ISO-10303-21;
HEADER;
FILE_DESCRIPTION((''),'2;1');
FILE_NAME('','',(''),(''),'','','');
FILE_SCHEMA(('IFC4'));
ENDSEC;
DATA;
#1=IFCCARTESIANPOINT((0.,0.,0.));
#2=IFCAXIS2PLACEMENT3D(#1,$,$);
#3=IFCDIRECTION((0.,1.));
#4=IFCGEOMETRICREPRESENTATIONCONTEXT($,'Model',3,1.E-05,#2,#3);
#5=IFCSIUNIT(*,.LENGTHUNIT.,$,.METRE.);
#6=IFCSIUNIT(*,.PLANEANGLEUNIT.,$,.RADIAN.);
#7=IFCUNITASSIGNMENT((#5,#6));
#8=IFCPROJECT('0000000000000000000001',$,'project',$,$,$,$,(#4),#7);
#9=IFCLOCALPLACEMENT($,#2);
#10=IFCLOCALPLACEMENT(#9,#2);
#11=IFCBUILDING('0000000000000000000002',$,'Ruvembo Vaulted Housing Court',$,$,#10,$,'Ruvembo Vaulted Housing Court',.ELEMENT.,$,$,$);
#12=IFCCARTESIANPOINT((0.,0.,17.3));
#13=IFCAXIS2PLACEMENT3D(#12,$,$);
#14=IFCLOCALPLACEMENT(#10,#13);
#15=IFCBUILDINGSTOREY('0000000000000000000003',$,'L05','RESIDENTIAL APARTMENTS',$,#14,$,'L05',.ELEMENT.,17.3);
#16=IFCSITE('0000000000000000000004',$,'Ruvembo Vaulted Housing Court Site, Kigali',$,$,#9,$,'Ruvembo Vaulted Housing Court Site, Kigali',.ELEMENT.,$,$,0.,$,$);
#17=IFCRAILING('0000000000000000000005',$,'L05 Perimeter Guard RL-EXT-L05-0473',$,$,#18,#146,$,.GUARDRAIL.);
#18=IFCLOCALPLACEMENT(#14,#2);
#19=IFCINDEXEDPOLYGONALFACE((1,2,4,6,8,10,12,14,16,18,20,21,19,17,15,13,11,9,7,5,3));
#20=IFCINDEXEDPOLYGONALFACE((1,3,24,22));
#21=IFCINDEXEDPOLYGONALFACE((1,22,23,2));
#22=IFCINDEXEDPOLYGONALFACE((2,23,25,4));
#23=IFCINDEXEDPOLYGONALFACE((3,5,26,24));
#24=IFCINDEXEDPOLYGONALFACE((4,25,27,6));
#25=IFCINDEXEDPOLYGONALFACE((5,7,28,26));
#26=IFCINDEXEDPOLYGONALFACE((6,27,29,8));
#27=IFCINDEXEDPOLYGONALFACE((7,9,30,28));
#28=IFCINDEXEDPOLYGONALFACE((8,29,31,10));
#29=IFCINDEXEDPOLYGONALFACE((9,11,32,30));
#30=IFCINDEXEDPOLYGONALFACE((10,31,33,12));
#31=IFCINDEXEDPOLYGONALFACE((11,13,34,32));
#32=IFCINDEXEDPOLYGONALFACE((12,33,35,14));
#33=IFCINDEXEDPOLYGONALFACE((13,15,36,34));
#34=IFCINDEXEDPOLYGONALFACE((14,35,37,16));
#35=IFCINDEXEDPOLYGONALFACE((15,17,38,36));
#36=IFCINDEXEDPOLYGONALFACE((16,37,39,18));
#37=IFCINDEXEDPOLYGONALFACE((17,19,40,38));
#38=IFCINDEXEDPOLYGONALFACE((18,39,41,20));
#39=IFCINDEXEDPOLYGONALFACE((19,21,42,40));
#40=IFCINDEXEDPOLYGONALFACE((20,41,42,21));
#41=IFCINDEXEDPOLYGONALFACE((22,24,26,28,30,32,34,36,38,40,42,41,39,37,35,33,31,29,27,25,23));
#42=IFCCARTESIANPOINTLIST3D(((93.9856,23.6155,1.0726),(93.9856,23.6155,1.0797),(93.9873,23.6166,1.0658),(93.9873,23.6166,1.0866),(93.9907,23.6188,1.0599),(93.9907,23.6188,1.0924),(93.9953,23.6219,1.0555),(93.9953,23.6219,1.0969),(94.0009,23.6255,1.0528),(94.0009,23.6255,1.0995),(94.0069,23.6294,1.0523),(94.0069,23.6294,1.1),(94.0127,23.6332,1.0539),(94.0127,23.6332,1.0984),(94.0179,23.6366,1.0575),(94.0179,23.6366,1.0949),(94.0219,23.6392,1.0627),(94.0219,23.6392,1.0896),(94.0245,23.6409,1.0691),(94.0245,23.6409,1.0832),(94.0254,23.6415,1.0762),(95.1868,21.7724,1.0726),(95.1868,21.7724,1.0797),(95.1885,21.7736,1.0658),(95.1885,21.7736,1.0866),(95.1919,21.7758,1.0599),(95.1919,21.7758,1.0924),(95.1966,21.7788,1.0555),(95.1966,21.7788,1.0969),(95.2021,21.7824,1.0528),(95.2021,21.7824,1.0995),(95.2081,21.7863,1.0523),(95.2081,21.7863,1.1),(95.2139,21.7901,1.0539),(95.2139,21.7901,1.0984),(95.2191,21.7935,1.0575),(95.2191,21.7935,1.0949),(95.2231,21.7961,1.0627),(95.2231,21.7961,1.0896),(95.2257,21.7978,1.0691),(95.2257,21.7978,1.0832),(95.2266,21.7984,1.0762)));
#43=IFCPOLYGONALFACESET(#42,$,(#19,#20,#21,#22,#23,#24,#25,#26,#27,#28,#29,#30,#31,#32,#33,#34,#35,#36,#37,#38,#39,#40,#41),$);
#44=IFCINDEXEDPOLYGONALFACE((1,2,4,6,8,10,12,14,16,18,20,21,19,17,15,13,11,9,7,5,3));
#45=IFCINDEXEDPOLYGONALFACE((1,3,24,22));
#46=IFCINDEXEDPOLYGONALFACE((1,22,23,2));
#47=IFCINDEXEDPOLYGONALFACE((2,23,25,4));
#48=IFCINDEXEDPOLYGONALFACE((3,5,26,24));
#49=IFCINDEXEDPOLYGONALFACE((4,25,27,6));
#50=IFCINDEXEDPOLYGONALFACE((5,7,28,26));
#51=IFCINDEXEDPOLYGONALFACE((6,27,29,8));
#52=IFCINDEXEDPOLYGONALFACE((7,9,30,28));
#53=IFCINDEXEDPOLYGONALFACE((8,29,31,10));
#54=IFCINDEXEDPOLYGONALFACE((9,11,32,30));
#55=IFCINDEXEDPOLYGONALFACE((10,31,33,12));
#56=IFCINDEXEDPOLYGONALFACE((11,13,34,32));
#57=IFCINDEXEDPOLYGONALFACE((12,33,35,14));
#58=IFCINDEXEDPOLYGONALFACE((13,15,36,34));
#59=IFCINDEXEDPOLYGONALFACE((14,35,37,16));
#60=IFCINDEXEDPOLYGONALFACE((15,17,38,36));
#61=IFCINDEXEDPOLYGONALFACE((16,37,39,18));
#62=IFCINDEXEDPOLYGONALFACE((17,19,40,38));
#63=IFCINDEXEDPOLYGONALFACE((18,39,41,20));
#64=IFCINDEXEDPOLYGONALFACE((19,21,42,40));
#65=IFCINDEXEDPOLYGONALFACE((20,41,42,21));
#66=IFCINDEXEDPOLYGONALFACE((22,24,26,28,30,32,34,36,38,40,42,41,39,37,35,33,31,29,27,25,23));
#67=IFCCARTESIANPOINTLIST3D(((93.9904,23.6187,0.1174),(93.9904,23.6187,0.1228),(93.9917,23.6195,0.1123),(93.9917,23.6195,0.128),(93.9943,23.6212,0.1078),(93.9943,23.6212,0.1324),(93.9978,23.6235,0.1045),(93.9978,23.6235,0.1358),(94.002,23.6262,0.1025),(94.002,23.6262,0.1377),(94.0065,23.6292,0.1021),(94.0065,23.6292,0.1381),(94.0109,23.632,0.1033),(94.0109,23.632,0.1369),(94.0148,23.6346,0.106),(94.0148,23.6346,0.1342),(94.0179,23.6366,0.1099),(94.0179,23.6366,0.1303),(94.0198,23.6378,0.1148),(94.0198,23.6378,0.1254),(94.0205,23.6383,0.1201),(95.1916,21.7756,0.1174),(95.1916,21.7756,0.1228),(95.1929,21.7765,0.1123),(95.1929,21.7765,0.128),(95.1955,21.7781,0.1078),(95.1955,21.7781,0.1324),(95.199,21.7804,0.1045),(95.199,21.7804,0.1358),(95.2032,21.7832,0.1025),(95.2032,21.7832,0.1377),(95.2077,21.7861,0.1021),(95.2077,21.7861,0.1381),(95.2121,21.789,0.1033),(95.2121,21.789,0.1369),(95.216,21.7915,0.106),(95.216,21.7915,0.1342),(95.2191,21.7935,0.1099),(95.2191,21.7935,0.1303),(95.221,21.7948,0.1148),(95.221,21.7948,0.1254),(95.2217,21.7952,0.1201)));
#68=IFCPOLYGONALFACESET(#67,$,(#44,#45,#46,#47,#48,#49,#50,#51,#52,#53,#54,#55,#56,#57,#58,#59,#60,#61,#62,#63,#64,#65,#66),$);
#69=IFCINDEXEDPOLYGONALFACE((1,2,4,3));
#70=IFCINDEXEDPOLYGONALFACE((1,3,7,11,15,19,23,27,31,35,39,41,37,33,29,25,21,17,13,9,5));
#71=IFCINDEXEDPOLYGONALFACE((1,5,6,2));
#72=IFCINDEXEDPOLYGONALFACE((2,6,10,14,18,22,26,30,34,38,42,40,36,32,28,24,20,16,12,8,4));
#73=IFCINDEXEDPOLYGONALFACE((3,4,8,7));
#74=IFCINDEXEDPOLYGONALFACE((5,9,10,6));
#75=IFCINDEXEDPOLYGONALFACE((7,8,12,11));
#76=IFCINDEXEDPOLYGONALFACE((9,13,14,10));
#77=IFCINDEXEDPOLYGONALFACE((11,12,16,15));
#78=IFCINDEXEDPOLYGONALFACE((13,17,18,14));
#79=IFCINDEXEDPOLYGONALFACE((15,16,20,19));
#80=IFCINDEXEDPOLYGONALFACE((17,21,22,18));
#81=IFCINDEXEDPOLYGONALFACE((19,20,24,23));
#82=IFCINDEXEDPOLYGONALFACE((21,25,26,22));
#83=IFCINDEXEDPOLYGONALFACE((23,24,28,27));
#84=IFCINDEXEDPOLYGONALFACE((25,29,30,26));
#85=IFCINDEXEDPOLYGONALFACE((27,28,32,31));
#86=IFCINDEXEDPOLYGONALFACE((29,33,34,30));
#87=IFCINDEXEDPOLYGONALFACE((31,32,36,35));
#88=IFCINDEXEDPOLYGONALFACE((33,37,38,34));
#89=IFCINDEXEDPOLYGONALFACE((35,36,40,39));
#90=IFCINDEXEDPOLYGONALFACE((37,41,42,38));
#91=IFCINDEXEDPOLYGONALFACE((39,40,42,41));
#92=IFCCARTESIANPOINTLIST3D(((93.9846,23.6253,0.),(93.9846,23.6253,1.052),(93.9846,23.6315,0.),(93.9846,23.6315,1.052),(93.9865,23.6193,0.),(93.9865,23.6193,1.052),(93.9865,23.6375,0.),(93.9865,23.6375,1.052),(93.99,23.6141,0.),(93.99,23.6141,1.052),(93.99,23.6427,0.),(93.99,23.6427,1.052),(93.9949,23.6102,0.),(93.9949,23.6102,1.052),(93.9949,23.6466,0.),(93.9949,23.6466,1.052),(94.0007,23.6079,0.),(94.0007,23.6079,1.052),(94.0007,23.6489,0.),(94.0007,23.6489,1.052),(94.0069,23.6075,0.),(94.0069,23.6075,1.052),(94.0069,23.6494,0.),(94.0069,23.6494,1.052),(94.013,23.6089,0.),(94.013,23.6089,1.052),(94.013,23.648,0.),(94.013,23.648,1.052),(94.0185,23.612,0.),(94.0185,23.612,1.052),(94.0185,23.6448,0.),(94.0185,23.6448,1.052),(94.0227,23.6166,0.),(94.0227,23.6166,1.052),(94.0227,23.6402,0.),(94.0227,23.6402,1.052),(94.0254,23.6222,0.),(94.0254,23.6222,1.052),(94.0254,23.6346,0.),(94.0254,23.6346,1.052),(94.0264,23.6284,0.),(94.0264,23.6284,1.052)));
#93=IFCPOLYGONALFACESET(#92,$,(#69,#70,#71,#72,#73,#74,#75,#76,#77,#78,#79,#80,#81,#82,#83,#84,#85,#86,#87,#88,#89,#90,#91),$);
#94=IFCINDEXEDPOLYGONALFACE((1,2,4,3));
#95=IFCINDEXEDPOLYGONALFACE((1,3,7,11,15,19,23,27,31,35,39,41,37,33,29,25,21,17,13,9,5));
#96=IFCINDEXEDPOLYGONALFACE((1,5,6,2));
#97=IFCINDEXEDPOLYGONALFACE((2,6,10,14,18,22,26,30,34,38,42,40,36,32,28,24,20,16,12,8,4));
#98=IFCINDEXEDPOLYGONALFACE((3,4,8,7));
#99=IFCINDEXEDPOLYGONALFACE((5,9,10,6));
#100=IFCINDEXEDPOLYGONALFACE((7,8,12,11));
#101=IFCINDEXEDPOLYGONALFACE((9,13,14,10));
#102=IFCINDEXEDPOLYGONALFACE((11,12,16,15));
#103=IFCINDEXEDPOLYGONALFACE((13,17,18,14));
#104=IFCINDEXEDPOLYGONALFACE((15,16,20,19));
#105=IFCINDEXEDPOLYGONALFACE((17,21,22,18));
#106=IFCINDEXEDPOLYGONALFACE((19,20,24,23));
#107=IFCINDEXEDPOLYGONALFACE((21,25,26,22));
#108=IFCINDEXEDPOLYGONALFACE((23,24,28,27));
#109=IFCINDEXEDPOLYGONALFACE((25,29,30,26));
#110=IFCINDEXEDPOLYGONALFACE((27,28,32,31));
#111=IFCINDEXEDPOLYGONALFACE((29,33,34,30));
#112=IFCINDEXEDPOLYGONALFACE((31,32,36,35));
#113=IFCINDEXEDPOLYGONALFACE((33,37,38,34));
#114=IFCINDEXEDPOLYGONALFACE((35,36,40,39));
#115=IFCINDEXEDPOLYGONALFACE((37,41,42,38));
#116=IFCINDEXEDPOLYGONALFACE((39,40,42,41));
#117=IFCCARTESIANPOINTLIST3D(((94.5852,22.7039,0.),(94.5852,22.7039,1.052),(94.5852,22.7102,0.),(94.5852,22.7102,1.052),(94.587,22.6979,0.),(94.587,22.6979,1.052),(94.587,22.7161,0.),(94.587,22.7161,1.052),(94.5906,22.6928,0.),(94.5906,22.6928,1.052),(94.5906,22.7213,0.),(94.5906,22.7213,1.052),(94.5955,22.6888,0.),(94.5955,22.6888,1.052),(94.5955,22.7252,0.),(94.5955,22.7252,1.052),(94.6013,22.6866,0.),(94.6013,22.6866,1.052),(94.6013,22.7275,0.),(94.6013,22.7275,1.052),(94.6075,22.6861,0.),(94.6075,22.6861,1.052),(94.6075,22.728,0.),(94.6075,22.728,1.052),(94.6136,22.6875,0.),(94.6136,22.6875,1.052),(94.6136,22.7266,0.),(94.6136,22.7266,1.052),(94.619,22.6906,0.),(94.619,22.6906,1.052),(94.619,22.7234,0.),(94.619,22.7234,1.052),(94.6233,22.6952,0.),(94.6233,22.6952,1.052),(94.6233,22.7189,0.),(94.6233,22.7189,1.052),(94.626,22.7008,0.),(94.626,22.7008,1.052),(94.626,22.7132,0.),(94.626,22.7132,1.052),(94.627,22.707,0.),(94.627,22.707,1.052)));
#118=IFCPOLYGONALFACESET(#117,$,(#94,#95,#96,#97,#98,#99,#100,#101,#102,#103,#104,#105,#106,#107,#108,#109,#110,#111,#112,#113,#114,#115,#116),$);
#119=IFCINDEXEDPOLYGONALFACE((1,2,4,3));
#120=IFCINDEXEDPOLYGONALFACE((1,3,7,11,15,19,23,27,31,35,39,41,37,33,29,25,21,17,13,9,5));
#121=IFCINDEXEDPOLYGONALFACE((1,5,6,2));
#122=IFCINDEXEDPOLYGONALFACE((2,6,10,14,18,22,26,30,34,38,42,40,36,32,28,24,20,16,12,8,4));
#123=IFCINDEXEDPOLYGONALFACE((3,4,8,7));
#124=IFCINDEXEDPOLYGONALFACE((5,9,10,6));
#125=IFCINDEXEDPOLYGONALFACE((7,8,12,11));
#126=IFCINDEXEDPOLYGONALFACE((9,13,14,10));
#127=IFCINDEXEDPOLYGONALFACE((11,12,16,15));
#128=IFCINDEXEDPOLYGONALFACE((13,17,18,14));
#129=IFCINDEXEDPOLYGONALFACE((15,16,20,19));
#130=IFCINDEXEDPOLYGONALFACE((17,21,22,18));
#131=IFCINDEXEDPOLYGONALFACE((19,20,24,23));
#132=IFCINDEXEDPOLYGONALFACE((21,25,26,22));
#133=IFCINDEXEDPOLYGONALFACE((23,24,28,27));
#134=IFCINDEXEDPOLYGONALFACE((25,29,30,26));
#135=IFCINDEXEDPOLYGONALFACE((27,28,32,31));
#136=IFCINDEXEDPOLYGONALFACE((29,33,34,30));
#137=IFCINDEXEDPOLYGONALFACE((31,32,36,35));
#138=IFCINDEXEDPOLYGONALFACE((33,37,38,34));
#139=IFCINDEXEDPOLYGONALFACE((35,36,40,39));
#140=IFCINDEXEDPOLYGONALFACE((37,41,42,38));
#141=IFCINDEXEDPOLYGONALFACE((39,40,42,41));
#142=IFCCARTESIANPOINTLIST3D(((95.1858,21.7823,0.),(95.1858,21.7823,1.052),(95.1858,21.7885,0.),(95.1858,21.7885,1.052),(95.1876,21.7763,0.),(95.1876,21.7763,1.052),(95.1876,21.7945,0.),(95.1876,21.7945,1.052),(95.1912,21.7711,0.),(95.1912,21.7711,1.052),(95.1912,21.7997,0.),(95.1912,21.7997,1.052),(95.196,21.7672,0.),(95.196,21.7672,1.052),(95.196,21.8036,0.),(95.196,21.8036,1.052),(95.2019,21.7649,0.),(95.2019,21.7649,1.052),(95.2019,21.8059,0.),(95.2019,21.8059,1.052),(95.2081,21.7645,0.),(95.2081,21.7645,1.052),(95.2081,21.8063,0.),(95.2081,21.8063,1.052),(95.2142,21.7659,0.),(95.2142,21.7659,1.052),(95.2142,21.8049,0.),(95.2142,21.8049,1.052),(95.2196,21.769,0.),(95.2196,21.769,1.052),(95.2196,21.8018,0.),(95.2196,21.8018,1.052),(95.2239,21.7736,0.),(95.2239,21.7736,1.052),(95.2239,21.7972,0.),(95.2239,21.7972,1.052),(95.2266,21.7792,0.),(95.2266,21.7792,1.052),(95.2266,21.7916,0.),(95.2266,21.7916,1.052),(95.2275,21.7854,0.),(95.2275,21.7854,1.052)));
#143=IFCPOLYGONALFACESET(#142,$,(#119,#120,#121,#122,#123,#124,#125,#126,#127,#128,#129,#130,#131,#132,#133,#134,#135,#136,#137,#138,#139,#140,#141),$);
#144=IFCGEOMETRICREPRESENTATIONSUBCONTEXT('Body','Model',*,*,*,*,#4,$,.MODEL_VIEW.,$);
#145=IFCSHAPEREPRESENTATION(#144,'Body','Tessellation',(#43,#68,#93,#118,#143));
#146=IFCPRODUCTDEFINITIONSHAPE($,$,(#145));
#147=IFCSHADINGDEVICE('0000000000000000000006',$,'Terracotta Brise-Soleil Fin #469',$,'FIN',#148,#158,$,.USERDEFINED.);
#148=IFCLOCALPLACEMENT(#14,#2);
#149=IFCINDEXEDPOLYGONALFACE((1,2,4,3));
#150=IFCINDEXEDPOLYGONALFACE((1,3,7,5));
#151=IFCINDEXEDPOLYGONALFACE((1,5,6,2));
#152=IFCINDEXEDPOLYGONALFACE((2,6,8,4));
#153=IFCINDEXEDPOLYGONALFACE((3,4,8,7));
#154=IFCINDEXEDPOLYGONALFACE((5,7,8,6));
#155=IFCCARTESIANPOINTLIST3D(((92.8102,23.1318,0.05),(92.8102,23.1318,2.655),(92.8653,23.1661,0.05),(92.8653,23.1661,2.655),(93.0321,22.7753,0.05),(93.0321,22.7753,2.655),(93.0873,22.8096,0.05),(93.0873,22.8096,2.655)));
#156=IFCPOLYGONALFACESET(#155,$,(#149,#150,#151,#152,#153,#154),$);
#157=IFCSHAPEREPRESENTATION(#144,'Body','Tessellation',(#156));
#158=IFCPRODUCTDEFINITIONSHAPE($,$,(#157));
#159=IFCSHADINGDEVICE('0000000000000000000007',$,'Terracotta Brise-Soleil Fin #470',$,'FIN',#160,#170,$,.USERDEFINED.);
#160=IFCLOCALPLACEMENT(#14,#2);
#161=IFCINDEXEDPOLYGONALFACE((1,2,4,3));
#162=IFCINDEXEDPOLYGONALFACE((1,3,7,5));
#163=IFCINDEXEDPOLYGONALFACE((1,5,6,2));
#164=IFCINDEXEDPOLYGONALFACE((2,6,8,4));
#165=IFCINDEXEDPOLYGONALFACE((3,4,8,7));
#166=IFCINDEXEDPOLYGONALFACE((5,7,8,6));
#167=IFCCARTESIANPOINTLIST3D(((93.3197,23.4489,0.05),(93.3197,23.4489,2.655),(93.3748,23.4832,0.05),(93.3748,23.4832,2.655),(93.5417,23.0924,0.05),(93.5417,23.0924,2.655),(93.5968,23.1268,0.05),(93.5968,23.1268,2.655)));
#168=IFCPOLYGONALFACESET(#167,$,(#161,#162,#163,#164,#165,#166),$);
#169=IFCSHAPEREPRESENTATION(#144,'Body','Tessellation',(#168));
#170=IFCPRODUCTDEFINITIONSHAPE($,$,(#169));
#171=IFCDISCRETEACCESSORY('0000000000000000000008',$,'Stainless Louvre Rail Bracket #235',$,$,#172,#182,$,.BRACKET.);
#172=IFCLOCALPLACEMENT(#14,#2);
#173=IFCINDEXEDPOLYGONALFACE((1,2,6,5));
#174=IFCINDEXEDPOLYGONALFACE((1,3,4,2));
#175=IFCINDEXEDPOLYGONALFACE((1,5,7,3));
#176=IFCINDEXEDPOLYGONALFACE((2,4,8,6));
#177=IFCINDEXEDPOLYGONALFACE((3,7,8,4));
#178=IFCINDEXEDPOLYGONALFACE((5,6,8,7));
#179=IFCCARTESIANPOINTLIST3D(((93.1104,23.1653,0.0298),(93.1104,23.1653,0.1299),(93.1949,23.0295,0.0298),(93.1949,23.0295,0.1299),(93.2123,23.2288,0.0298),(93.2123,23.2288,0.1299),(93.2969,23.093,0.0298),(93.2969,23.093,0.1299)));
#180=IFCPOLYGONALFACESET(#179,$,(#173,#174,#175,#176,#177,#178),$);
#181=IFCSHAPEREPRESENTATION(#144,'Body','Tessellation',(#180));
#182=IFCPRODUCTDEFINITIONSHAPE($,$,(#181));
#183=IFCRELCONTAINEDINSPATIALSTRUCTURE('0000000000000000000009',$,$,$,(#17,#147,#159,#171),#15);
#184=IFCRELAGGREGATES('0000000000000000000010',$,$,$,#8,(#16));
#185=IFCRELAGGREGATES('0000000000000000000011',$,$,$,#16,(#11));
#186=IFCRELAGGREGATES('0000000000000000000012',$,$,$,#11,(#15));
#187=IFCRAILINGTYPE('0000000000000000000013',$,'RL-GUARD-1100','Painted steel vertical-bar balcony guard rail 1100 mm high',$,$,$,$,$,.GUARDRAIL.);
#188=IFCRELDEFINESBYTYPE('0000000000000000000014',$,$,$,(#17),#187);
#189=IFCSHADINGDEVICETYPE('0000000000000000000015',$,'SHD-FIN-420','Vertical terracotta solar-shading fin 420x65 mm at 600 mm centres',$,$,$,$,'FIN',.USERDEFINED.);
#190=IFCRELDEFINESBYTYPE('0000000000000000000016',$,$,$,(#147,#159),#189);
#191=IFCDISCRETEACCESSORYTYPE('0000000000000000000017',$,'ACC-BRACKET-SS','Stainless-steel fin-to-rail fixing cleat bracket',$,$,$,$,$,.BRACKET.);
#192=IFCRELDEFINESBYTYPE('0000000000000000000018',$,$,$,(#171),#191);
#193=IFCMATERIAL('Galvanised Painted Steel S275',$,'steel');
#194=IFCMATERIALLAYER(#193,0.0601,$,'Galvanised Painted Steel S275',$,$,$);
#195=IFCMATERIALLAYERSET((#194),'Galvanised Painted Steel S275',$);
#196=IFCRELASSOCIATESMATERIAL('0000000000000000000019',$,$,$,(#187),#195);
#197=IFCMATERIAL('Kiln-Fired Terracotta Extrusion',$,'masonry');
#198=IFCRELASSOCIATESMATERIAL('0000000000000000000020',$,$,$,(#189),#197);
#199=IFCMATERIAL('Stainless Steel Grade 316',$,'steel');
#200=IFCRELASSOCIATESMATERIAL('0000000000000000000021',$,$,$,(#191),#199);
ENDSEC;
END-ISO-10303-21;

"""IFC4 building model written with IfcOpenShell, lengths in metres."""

from ifc_helpers import new_model, si_unit, direction, frame, origin, origin_2d, place, context, subcontext, project, spatial, rectangle, circle, extrude, material, layer, layer_set, type_object, element, save


model = new_model("IFC4")

# Units and contexts
model_context = context("Model", 3, precision=1e-05, world=origin(), true_north=direction((0.0, 1.0)))
body_context = subcontext(model_context, "Body", "Model", "MODEL_VIEW")
ifc_project = project(units=[si_unit("LENGTHUNIT", "METRE"), si_unit("PLANEANGLEUNIT", "RADIAN")], contexts=[model_context])

# Site, building, storey
site_placement = place(None, origin())
site = spatial("IfcSite", under=ifc_project, at=site_placement, Name="Ruvembo Vaulted Housing Court Site, Kigali", LongName="Ruvembo Vaulted Housing Court Site, Kigali", CompositionType="ELEMENT", RefElevation=0.0)
building_placement = place(site_placement, origin())
building = spatial("IfcBuilding", under=site, at=building_placement, Name="Ruvembo Vaulted Housing Court", LongName="Ruvembo Vaulted Housing Court", CompositionType="ELEMENT")
storey_placement = place(building_placement, frame((0.0, 0.0, 17.3)))
storey = spatial("IfcBuildingStorey", under=building, at=storey_placement, Name="L05", Description="RESIDENTIAL APARTMENTS", LongName="L05", CompositionType="ELEMENT", Elevation=17.3)

# Railing
ifc_material_1 = material(Name="Galvanised Painted Steel S275", Category="steel")
ifc_layer_1 = layer(ifc_material_1, 0.0601, Name="Galvanised Painted Steel S275")
ifc_layer_set_1 = layer_set([ifc_layer_1], Name="Galvanised Painted Steel S275")
railing_type = type_object("IfcRailingType", Name="RL-GUARD-1100", Description="Painted steel vertical-bar balcony guard rail 1100 mm high", PredefinedType="GUARDRAIL", material=ifc_layer_set_1)
railing_1_placement = place(storey_placement, frame((94.0054, 23.6284, 0.0)))
element("IfcRailing", 1, at=railing_1_placement, inside=storey, type_object=railing_type, Name="L05 Perimeter Guard RL-EXT-L05-0473", PredefinedType="GUARDRAIL", context=body_context, shape_type="SweptSolid", body=[
    extrude(circle(Radius=0.0239, at=origin_2d()), frame((0.0, 0.0, 1.0762), z_axis=(0.546014, -0.837776, 0.0), x_axis=(0.837776, 0.546014, 0.0)), (0.0, 0.0, 1.0), 2.2),
    extrude(circle(Radius=0.0181, at=origin_2d()), frame((0.0, 0.0, 0.1201), z_axis=(0.546014, -0.837776, 0.0), x_axis=(0.837776, 0.546014, 0.0)), (0.0, 0.0, 1.0), 2.2),
    extrude(circle(Radius=0.021, at=origin_2d()), origin(), (0.0, 0.0, 1.0), 1.052),
    extrude(circle(Radius=0.021, at=origin_2d()), frame((0.6006, -0.9214, 0.0)), (0.0, 0.0, 1.0), 1.052),
    extrude(circle(Radius=0.021, at=origin_2d()), frame((1.2012, -1.843, 0.0)), (0.0, 0.0, 1.0), 1.052),
])

# Shading devices
ifc_material_2 = material(Name="Kiln-Fired Terracotta Extrusion", Category="masonry")
shading_device_type = type_object("IfcShadingDeviceType", Name="SHD-FIN-420", Description="Vertical terracotta solar-shading fin 420x65 mm at 600 mm centres", ElementType="FIN", PredefinedType="USERDEFINED", material=ifc_material_2)
for number, where, z_axis, x_axis, name in (
    (2, (92.9487, 22.9707, 0.05), (0.0, 0.0, 1.0), (0.528557, -0.848898, 0.0), "Terracotta Brise-Soleil Fin #469"),
    (3, (93.4583, 23.2878, 0.05), (0.0, 0.0, 1.0), (0.528557, -0.848898, 0.0), "Terracotta Brise-Soleil Fin #470"),
):
    element("IfcShadingDevice", number, at=place(storey_placement, frame(where, z_axis=z_axis, x_axis=x_axis)), inside=storey, type_object=shading_device_type, Name=name, ObjectType="FIN", PredefinedType="USERDEFINED", context=body_context, shape_type="SweptSolid", body=[
        extrude(rectangle(XDim=0.4199, YDim=0.0649, at=origin_2d()), origin(), (0.0, 0.0, 1.0), 2.605),
    ])

# Discrete accessory
ifc_material_3 = material(Name="Stainless Steel Grade 316", Category="steel")
discrete_accessory_type = type_object("IfcDiscreteAccessoryType", Name="ACC-BRACKET-SS", Description="Stainless-steel fin-to-rail fixing cleat bracket", PredefinedType="BRACKET", material=ifc_material_3)
discrete_accessory_placement = place(storey_placement, frame((93.2036, 23.1292, 0.0298), z_axis=(0.0, 0.0, 1.0), x_axis=(0.528557, -0.848898, 0.0)))
element("IfcDiscreteAccessory", 4, at=discrete_accessory_placement, inside=storey, type_object=discrete_accessory_type, Name="Stainless Louvre Rail Bracket #235", PredefinedType="BRACKET", context=body_context, shape_type="SweptSolid", body=[
    extrude(rectangle(XDim=0.1599, YDim=0.1201, at=origin_2d()), origin(), (0.0, 0.0, 1.0), 0.1001),
])

save(model, "model.ifc")
